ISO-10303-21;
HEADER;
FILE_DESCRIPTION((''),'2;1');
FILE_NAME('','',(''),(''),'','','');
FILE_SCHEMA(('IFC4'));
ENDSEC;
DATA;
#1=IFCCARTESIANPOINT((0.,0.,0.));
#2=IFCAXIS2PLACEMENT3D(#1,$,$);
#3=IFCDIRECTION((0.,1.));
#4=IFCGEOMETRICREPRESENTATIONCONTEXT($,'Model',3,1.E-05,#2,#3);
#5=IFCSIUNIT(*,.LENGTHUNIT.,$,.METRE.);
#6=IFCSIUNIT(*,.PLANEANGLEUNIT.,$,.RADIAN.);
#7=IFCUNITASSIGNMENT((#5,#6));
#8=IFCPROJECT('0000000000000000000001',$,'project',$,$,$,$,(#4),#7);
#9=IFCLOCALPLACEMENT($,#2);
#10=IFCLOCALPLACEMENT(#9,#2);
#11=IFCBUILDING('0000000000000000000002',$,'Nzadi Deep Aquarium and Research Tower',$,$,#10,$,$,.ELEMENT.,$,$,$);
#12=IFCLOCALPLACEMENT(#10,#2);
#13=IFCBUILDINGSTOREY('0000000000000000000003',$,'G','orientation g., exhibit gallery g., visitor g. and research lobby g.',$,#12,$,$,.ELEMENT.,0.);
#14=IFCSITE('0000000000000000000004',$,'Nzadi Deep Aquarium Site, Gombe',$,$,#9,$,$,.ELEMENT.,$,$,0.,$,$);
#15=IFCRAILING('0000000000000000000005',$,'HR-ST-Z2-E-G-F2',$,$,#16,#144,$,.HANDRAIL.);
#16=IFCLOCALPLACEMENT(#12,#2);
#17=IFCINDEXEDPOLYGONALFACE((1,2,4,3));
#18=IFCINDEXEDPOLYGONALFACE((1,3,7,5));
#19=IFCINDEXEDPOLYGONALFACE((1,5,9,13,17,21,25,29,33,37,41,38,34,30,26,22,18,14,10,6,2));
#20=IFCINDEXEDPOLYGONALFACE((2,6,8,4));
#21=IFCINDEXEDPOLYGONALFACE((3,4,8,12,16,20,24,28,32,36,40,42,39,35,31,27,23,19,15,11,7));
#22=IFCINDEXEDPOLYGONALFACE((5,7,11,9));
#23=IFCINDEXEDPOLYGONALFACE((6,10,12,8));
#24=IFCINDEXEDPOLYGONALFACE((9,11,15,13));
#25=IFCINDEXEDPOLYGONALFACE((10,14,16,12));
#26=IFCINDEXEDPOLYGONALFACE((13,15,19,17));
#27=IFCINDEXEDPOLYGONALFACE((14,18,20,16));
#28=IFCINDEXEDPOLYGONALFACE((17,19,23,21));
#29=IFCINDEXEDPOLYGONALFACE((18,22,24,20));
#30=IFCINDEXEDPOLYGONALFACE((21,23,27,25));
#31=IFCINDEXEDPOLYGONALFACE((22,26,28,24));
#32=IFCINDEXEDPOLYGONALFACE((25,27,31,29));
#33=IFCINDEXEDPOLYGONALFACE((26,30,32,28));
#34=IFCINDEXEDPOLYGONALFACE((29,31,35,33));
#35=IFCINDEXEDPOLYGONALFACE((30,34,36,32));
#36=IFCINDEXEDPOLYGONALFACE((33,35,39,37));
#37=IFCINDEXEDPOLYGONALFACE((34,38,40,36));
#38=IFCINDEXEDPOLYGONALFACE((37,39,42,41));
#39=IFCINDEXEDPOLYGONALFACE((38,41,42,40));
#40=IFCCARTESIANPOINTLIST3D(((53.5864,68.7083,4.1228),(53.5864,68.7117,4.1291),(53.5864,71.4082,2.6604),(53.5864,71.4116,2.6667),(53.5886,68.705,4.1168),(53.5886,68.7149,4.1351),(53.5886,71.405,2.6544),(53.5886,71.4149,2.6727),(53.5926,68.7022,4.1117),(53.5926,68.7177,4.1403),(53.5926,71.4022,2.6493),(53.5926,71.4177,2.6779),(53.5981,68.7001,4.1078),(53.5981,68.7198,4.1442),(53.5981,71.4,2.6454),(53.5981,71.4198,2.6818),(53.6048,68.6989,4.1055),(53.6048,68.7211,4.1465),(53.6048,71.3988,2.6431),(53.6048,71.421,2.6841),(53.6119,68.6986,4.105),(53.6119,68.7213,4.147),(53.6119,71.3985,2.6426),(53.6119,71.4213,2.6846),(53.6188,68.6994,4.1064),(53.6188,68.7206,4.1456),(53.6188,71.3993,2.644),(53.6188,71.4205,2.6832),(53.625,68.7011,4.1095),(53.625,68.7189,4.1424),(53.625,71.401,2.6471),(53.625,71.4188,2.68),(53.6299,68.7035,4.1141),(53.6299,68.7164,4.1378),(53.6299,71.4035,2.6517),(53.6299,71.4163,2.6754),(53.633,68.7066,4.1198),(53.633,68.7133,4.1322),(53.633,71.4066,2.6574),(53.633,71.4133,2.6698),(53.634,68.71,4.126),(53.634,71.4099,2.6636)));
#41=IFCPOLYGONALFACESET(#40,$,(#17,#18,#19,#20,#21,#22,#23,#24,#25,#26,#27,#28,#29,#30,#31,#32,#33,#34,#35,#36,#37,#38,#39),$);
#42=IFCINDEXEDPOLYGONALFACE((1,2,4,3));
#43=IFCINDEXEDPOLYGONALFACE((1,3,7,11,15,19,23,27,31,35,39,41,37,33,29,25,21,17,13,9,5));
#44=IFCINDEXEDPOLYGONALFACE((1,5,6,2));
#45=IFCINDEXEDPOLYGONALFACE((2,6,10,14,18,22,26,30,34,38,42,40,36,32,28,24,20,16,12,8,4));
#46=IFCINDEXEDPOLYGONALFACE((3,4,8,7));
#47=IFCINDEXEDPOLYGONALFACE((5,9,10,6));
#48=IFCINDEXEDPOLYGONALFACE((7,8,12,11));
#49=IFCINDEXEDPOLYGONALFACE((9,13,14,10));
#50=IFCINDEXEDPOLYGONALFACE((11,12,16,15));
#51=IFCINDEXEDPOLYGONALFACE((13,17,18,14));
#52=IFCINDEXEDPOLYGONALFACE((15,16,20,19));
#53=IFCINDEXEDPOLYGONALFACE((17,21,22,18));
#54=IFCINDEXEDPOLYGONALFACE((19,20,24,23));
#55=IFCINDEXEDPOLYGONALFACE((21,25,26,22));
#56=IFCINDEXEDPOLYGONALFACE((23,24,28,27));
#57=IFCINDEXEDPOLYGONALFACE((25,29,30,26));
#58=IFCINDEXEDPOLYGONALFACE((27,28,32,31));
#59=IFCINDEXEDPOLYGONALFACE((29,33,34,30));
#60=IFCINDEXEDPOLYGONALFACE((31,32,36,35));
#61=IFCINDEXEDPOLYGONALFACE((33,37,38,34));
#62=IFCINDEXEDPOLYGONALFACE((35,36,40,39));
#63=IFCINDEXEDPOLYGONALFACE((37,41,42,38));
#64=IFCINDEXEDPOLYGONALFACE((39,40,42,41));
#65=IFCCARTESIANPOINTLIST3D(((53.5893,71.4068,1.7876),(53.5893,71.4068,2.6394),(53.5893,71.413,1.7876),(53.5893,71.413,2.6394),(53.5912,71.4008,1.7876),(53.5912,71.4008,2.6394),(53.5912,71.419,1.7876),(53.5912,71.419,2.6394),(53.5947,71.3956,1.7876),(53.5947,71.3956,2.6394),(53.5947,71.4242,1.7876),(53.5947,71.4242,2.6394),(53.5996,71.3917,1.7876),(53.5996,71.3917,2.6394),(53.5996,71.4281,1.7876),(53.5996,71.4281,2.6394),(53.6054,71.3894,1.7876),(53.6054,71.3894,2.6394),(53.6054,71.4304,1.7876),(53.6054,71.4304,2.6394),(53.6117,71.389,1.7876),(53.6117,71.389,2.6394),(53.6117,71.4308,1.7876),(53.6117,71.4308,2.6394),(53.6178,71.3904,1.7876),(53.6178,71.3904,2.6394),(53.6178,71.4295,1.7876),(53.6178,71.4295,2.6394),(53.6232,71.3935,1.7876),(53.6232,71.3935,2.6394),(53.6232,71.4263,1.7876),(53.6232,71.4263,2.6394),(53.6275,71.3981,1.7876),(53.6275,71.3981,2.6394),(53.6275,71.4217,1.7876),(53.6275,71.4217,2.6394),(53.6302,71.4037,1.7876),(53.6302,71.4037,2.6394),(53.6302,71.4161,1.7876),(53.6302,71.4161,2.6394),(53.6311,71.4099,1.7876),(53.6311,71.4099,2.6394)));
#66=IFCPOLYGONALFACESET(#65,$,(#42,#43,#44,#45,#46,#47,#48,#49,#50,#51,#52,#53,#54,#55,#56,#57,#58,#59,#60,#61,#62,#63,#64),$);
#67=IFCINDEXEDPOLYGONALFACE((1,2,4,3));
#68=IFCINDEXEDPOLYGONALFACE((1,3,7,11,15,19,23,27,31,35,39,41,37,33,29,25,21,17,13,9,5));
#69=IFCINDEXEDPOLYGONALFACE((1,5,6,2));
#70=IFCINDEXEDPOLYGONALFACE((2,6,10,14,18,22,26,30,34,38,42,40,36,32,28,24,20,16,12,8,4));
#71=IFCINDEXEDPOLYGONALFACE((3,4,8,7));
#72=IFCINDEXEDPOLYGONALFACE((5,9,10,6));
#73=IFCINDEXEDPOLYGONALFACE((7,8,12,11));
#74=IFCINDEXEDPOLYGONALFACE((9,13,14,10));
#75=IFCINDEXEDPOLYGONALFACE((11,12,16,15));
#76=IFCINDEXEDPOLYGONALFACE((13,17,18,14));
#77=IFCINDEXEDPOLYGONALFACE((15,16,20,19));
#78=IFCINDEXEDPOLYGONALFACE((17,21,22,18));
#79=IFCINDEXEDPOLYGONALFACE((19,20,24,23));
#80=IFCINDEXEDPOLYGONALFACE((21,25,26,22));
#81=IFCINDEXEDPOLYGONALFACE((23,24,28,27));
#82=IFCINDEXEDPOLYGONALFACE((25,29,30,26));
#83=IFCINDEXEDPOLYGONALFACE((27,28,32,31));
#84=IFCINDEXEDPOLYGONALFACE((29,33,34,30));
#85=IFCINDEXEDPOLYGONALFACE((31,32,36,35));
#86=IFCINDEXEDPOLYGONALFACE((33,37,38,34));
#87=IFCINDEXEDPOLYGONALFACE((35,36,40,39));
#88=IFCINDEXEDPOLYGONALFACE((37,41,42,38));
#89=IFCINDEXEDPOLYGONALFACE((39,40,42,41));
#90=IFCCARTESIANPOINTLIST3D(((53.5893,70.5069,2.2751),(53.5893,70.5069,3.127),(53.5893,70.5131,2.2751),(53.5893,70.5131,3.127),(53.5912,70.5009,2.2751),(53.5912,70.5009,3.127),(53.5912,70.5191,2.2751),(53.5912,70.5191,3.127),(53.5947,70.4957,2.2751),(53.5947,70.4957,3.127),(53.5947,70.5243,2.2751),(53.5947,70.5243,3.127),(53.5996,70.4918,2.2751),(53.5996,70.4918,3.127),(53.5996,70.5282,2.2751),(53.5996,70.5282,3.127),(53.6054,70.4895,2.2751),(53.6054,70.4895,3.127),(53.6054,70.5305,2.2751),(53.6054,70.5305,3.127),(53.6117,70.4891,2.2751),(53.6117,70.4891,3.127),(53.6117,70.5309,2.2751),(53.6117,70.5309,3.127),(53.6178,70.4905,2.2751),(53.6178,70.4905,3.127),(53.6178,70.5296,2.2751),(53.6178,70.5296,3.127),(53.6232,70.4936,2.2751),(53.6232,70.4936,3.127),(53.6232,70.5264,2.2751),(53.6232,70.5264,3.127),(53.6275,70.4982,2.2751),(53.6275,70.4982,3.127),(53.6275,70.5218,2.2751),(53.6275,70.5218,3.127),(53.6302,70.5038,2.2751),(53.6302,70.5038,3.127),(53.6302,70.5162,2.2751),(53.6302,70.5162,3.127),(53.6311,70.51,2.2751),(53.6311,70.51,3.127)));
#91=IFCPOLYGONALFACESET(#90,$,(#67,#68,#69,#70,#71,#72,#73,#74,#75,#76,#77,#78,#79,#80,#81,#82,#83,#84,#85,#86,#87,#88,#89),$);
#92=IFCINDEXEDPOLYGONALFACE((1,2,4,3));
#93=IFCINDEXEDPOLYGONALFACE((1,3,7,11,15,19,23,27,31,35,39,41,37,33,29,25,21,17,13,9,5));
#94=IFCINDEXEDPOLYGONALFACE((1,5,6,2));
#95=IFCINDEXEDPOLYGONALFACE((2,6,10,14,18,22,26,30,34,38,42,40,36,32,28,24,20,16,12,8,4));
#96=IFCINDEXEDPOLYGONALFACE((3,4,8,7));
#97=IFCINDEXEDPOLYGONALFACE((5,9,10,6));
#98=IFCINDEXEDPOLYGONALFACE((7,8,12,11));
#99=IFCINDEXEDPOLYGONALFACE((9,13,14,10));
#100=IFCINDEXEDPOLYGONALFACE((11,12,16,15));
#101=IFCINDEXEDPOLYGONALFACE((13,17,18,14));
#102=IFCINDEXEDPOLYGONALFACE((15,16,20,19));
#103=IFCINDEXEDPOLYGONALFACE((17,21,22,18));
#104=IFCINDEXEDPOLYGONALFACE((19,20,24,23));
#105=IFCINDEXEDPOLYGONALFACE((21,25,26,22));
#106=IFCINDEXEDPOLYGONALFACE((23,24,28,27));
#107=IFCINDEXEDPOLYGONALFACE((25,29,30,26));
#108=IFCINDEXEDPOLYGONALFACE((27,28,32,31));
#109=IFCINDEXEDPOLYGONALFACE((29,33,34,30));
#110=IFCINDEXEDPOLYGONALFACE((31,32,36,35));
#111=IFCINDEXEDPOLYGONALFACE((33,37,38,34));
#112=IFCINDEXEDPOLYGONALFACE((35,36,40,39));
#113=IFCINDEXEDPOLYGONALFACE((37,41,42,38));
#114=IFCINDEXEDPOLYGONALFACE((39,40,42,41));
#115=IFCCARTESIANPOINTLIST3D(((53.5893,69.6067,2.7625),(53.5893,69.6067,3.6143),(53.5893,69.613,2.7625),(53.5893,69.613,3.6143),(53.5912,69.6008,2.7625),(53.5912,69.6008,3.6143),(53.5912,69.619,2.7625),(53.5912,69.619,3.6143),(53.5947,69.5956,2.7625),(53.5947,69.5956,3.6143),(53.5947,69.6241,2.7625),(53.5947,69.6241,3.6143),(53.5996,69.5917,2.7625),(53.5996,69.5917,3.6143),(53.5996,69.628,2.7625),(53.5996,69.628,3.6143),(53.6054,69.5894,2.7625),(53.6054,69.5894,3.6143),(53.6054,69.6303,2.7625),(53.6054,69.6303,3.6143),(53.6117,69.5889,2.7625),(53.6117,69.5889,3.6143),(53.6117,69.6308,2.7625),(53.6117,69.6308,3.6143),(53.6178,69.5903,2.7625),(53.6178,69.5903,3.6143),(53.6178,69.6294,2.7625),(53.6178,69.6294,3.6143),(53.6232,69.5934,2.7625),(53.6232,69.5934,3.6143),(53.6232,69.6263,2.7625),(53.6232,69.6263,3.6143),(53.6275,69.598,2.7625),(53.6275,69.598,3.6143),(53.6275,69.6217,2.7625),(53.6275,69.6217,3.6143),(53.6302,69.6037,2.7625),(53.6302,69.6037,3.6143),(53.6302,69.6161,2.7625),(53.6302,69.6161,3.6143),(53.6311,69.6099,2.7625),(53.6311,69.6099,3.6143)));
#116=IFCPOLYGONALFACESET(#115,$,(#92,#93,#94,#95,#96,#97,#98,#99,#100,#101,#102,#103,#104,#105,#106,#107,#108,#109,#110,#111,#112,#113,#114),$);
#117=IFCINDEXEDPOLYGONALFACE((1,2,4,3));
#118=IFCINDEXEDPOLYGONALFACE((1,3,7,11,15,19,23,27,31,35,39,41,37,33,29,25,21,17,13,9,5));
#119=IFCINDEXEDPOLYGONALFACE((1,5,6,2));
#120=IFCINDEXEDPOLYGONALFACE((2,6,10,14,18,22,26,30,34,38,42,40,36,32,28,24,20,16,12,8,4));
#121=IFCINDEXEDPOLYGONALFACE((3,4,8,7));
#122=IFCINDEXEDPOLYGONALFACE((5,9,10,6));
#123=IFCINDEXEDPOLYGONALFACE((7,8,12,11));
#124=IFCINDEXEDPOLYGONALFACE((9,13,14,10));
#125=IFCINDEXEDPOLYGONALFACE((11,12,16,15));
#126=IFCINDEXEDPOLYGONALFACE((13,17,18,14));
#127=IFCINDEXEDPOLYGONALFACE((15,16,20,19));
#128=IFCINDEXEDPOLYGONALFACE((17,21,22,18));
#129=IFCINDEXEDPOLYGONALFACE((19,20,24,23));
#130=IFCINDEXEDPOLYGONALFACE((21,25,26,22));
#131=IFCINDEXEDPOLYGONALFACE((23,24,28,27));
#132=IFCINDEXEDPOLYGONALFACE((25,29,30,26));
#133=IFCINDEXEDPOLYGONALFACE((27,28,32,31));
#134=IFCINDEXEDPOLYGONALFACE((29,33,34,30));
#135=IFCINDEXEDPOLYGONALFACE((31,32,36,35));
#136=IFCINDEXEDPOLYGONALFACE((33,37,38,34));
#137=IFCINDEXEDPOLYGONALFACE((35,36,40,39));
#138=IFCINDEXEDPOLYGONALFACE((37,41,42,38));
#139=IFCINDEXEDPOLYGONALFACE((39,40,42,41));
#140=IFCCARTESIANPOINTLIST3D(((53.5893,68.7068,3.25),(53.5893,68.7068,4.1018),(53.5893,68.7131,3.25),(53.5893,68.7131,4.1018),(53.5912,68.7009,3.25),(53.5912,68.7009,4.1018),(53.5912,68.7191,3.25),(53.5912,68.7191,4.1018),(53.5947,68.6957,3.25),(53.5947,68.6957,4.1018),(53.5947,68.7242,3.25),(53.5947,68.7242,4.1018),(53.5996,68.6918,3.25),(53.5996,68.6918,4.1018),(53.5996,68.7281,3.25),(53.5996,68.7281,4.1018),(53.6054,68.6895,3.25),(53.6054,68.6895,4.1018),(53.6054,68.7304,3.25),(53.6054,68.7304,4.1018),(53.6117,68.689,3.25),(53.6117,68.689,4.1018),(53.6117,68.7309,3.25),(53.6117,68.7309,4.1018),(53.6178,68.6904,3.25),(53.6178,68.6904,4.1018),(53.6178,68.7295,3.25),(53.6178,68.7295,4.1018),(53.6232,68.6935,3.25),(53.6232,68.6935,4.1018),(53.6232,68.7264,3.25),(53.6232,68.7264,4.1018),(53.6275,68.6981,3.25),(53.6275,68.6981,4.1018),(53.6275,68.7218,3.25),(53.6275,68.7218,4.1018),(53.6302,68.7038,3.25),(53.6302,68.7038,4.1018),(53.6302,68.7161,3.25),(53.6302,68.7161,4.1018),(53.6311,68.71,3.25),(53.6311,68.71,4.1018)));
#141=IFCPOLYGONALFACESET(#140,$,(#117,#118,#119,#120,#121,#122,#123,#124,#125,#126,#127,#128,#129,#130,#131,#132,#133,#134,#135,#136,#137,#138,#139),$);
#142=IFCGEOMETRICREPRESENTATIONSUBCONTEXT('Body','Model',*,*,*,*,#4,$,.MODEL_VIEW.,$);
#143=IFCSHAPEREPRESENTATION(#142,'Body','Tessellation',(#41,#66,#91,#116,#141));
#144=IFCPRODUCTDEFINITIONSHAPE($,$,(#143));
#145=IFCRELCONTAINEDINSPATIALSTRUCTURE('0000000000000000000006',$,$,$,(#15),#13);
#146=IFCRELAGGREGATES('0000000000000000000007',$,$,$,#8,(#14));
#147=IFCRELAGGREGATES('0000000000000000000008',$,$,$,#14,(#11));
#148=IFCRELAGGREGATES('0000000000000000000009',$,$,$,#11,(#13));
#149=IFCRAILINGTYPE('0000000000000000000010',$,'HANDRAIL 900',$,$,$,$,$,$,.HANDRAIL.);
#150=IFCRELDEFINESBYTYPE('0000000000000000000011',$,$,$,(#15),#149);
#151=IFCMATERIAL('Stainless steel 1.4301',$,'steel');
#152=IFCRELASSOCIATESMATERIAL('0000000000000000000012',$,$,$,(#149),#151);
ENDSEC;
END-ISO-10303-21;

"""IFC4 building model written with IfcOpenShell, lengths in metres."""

from ifc_helpers import new_model, si_unit, direction, frame, origin, origin_2d, place, context, subcontext, project, spatial, circle, extrude, material, type_object, element, save


model = new_model("IFC4")

# Units and contexts
model_context = context("Model", 3, precision=1e-05, world=origin(), true_north=direction((0.0, 1.0)))
body_context = subcontext(model_context, "Body", "Model", "MODEL_VIEW")
ifc_project = project(units=[si_unit("LENGTHUNIT", "METRE"), si_unit("PLANEANGLEUNIT", "RADIAN")], contexts=[model_context])

# Site, building, storey
site_placement = place(None, origin())
site = spatial("IfcSite", under=ifc_project, at=site_placement, Name="Nzadi Deep Aquarium Site, Gombe", CompositionType="ELEMENT", RefElevation=0.0)
building_placement = place(site_placement, origin())
building = spatial("IfcBuilding", under=site, at=building_placement, Name="Nzadi Deep Aquarium and Research Tower", CompositionType="ELEMENT")
storey_placement = place(building_placement, origin())
storey = spatial("IfcBuildingStorey", under=building, at=storey_placement, Name="G", Description="orientation g., exhibit gallery g., visitor g. and research lobby g.", CompositionType="ELEMENT", Elevation=0.0)

# Railing
ifc_material_1 = material(Name="Stainless steel 1.4301", Category="steel")
railing_type = type_object("IfcRailingType", Name="HANDRAIL 900", PredefinedType="HANDRAIL", material=ifc_material_1)
for number, where, name in (
    (1, (53.6101, 71.4099, 1.7876), "HR-ST-Z2-E-G-F2"),
):
    element("IfcRailing", number, at=place(storey_placement, frame(where)), inside=storey, type_object=railing_type, Name=name, PredefinedType="HANDRAIL", context=body_context, shape_type="SweptSolid", body=[
        extrude(circle(Radius=0.0239, at=origin_2d()), frame((0.0, 0.0, 0.876), z_axis=(0.0, -0.879302, 0.476265), x_axis=(1.0, 0.0, 0.0)), (0.0, 0.0, 1.0), 3.0706),
        extrude(circle(Radius=0.021, at=origin_2d()), origin(), (0.0, 0.0, 1.0), 0.8518),
        extrude(circle(Radius=0.021, at=origin_2d()), frame((0.0, -0.8999, 0.4875)), (0.0, 0.0, 1.0), 0.8518),
        extrude(circle(Radius=0.021, at=origin_2d()), frame((0.0, -1.8, 0.9749)), (0.0, 0.0, 1.0), 0.8518),
        extrude(circle(Radius=0.021, at=origin_2d()), frame((0.0, -2.7, 1.4624)), (0.0, 0.0, 1.0), 0.8518),
    ])

save(model, "model.ifc")
